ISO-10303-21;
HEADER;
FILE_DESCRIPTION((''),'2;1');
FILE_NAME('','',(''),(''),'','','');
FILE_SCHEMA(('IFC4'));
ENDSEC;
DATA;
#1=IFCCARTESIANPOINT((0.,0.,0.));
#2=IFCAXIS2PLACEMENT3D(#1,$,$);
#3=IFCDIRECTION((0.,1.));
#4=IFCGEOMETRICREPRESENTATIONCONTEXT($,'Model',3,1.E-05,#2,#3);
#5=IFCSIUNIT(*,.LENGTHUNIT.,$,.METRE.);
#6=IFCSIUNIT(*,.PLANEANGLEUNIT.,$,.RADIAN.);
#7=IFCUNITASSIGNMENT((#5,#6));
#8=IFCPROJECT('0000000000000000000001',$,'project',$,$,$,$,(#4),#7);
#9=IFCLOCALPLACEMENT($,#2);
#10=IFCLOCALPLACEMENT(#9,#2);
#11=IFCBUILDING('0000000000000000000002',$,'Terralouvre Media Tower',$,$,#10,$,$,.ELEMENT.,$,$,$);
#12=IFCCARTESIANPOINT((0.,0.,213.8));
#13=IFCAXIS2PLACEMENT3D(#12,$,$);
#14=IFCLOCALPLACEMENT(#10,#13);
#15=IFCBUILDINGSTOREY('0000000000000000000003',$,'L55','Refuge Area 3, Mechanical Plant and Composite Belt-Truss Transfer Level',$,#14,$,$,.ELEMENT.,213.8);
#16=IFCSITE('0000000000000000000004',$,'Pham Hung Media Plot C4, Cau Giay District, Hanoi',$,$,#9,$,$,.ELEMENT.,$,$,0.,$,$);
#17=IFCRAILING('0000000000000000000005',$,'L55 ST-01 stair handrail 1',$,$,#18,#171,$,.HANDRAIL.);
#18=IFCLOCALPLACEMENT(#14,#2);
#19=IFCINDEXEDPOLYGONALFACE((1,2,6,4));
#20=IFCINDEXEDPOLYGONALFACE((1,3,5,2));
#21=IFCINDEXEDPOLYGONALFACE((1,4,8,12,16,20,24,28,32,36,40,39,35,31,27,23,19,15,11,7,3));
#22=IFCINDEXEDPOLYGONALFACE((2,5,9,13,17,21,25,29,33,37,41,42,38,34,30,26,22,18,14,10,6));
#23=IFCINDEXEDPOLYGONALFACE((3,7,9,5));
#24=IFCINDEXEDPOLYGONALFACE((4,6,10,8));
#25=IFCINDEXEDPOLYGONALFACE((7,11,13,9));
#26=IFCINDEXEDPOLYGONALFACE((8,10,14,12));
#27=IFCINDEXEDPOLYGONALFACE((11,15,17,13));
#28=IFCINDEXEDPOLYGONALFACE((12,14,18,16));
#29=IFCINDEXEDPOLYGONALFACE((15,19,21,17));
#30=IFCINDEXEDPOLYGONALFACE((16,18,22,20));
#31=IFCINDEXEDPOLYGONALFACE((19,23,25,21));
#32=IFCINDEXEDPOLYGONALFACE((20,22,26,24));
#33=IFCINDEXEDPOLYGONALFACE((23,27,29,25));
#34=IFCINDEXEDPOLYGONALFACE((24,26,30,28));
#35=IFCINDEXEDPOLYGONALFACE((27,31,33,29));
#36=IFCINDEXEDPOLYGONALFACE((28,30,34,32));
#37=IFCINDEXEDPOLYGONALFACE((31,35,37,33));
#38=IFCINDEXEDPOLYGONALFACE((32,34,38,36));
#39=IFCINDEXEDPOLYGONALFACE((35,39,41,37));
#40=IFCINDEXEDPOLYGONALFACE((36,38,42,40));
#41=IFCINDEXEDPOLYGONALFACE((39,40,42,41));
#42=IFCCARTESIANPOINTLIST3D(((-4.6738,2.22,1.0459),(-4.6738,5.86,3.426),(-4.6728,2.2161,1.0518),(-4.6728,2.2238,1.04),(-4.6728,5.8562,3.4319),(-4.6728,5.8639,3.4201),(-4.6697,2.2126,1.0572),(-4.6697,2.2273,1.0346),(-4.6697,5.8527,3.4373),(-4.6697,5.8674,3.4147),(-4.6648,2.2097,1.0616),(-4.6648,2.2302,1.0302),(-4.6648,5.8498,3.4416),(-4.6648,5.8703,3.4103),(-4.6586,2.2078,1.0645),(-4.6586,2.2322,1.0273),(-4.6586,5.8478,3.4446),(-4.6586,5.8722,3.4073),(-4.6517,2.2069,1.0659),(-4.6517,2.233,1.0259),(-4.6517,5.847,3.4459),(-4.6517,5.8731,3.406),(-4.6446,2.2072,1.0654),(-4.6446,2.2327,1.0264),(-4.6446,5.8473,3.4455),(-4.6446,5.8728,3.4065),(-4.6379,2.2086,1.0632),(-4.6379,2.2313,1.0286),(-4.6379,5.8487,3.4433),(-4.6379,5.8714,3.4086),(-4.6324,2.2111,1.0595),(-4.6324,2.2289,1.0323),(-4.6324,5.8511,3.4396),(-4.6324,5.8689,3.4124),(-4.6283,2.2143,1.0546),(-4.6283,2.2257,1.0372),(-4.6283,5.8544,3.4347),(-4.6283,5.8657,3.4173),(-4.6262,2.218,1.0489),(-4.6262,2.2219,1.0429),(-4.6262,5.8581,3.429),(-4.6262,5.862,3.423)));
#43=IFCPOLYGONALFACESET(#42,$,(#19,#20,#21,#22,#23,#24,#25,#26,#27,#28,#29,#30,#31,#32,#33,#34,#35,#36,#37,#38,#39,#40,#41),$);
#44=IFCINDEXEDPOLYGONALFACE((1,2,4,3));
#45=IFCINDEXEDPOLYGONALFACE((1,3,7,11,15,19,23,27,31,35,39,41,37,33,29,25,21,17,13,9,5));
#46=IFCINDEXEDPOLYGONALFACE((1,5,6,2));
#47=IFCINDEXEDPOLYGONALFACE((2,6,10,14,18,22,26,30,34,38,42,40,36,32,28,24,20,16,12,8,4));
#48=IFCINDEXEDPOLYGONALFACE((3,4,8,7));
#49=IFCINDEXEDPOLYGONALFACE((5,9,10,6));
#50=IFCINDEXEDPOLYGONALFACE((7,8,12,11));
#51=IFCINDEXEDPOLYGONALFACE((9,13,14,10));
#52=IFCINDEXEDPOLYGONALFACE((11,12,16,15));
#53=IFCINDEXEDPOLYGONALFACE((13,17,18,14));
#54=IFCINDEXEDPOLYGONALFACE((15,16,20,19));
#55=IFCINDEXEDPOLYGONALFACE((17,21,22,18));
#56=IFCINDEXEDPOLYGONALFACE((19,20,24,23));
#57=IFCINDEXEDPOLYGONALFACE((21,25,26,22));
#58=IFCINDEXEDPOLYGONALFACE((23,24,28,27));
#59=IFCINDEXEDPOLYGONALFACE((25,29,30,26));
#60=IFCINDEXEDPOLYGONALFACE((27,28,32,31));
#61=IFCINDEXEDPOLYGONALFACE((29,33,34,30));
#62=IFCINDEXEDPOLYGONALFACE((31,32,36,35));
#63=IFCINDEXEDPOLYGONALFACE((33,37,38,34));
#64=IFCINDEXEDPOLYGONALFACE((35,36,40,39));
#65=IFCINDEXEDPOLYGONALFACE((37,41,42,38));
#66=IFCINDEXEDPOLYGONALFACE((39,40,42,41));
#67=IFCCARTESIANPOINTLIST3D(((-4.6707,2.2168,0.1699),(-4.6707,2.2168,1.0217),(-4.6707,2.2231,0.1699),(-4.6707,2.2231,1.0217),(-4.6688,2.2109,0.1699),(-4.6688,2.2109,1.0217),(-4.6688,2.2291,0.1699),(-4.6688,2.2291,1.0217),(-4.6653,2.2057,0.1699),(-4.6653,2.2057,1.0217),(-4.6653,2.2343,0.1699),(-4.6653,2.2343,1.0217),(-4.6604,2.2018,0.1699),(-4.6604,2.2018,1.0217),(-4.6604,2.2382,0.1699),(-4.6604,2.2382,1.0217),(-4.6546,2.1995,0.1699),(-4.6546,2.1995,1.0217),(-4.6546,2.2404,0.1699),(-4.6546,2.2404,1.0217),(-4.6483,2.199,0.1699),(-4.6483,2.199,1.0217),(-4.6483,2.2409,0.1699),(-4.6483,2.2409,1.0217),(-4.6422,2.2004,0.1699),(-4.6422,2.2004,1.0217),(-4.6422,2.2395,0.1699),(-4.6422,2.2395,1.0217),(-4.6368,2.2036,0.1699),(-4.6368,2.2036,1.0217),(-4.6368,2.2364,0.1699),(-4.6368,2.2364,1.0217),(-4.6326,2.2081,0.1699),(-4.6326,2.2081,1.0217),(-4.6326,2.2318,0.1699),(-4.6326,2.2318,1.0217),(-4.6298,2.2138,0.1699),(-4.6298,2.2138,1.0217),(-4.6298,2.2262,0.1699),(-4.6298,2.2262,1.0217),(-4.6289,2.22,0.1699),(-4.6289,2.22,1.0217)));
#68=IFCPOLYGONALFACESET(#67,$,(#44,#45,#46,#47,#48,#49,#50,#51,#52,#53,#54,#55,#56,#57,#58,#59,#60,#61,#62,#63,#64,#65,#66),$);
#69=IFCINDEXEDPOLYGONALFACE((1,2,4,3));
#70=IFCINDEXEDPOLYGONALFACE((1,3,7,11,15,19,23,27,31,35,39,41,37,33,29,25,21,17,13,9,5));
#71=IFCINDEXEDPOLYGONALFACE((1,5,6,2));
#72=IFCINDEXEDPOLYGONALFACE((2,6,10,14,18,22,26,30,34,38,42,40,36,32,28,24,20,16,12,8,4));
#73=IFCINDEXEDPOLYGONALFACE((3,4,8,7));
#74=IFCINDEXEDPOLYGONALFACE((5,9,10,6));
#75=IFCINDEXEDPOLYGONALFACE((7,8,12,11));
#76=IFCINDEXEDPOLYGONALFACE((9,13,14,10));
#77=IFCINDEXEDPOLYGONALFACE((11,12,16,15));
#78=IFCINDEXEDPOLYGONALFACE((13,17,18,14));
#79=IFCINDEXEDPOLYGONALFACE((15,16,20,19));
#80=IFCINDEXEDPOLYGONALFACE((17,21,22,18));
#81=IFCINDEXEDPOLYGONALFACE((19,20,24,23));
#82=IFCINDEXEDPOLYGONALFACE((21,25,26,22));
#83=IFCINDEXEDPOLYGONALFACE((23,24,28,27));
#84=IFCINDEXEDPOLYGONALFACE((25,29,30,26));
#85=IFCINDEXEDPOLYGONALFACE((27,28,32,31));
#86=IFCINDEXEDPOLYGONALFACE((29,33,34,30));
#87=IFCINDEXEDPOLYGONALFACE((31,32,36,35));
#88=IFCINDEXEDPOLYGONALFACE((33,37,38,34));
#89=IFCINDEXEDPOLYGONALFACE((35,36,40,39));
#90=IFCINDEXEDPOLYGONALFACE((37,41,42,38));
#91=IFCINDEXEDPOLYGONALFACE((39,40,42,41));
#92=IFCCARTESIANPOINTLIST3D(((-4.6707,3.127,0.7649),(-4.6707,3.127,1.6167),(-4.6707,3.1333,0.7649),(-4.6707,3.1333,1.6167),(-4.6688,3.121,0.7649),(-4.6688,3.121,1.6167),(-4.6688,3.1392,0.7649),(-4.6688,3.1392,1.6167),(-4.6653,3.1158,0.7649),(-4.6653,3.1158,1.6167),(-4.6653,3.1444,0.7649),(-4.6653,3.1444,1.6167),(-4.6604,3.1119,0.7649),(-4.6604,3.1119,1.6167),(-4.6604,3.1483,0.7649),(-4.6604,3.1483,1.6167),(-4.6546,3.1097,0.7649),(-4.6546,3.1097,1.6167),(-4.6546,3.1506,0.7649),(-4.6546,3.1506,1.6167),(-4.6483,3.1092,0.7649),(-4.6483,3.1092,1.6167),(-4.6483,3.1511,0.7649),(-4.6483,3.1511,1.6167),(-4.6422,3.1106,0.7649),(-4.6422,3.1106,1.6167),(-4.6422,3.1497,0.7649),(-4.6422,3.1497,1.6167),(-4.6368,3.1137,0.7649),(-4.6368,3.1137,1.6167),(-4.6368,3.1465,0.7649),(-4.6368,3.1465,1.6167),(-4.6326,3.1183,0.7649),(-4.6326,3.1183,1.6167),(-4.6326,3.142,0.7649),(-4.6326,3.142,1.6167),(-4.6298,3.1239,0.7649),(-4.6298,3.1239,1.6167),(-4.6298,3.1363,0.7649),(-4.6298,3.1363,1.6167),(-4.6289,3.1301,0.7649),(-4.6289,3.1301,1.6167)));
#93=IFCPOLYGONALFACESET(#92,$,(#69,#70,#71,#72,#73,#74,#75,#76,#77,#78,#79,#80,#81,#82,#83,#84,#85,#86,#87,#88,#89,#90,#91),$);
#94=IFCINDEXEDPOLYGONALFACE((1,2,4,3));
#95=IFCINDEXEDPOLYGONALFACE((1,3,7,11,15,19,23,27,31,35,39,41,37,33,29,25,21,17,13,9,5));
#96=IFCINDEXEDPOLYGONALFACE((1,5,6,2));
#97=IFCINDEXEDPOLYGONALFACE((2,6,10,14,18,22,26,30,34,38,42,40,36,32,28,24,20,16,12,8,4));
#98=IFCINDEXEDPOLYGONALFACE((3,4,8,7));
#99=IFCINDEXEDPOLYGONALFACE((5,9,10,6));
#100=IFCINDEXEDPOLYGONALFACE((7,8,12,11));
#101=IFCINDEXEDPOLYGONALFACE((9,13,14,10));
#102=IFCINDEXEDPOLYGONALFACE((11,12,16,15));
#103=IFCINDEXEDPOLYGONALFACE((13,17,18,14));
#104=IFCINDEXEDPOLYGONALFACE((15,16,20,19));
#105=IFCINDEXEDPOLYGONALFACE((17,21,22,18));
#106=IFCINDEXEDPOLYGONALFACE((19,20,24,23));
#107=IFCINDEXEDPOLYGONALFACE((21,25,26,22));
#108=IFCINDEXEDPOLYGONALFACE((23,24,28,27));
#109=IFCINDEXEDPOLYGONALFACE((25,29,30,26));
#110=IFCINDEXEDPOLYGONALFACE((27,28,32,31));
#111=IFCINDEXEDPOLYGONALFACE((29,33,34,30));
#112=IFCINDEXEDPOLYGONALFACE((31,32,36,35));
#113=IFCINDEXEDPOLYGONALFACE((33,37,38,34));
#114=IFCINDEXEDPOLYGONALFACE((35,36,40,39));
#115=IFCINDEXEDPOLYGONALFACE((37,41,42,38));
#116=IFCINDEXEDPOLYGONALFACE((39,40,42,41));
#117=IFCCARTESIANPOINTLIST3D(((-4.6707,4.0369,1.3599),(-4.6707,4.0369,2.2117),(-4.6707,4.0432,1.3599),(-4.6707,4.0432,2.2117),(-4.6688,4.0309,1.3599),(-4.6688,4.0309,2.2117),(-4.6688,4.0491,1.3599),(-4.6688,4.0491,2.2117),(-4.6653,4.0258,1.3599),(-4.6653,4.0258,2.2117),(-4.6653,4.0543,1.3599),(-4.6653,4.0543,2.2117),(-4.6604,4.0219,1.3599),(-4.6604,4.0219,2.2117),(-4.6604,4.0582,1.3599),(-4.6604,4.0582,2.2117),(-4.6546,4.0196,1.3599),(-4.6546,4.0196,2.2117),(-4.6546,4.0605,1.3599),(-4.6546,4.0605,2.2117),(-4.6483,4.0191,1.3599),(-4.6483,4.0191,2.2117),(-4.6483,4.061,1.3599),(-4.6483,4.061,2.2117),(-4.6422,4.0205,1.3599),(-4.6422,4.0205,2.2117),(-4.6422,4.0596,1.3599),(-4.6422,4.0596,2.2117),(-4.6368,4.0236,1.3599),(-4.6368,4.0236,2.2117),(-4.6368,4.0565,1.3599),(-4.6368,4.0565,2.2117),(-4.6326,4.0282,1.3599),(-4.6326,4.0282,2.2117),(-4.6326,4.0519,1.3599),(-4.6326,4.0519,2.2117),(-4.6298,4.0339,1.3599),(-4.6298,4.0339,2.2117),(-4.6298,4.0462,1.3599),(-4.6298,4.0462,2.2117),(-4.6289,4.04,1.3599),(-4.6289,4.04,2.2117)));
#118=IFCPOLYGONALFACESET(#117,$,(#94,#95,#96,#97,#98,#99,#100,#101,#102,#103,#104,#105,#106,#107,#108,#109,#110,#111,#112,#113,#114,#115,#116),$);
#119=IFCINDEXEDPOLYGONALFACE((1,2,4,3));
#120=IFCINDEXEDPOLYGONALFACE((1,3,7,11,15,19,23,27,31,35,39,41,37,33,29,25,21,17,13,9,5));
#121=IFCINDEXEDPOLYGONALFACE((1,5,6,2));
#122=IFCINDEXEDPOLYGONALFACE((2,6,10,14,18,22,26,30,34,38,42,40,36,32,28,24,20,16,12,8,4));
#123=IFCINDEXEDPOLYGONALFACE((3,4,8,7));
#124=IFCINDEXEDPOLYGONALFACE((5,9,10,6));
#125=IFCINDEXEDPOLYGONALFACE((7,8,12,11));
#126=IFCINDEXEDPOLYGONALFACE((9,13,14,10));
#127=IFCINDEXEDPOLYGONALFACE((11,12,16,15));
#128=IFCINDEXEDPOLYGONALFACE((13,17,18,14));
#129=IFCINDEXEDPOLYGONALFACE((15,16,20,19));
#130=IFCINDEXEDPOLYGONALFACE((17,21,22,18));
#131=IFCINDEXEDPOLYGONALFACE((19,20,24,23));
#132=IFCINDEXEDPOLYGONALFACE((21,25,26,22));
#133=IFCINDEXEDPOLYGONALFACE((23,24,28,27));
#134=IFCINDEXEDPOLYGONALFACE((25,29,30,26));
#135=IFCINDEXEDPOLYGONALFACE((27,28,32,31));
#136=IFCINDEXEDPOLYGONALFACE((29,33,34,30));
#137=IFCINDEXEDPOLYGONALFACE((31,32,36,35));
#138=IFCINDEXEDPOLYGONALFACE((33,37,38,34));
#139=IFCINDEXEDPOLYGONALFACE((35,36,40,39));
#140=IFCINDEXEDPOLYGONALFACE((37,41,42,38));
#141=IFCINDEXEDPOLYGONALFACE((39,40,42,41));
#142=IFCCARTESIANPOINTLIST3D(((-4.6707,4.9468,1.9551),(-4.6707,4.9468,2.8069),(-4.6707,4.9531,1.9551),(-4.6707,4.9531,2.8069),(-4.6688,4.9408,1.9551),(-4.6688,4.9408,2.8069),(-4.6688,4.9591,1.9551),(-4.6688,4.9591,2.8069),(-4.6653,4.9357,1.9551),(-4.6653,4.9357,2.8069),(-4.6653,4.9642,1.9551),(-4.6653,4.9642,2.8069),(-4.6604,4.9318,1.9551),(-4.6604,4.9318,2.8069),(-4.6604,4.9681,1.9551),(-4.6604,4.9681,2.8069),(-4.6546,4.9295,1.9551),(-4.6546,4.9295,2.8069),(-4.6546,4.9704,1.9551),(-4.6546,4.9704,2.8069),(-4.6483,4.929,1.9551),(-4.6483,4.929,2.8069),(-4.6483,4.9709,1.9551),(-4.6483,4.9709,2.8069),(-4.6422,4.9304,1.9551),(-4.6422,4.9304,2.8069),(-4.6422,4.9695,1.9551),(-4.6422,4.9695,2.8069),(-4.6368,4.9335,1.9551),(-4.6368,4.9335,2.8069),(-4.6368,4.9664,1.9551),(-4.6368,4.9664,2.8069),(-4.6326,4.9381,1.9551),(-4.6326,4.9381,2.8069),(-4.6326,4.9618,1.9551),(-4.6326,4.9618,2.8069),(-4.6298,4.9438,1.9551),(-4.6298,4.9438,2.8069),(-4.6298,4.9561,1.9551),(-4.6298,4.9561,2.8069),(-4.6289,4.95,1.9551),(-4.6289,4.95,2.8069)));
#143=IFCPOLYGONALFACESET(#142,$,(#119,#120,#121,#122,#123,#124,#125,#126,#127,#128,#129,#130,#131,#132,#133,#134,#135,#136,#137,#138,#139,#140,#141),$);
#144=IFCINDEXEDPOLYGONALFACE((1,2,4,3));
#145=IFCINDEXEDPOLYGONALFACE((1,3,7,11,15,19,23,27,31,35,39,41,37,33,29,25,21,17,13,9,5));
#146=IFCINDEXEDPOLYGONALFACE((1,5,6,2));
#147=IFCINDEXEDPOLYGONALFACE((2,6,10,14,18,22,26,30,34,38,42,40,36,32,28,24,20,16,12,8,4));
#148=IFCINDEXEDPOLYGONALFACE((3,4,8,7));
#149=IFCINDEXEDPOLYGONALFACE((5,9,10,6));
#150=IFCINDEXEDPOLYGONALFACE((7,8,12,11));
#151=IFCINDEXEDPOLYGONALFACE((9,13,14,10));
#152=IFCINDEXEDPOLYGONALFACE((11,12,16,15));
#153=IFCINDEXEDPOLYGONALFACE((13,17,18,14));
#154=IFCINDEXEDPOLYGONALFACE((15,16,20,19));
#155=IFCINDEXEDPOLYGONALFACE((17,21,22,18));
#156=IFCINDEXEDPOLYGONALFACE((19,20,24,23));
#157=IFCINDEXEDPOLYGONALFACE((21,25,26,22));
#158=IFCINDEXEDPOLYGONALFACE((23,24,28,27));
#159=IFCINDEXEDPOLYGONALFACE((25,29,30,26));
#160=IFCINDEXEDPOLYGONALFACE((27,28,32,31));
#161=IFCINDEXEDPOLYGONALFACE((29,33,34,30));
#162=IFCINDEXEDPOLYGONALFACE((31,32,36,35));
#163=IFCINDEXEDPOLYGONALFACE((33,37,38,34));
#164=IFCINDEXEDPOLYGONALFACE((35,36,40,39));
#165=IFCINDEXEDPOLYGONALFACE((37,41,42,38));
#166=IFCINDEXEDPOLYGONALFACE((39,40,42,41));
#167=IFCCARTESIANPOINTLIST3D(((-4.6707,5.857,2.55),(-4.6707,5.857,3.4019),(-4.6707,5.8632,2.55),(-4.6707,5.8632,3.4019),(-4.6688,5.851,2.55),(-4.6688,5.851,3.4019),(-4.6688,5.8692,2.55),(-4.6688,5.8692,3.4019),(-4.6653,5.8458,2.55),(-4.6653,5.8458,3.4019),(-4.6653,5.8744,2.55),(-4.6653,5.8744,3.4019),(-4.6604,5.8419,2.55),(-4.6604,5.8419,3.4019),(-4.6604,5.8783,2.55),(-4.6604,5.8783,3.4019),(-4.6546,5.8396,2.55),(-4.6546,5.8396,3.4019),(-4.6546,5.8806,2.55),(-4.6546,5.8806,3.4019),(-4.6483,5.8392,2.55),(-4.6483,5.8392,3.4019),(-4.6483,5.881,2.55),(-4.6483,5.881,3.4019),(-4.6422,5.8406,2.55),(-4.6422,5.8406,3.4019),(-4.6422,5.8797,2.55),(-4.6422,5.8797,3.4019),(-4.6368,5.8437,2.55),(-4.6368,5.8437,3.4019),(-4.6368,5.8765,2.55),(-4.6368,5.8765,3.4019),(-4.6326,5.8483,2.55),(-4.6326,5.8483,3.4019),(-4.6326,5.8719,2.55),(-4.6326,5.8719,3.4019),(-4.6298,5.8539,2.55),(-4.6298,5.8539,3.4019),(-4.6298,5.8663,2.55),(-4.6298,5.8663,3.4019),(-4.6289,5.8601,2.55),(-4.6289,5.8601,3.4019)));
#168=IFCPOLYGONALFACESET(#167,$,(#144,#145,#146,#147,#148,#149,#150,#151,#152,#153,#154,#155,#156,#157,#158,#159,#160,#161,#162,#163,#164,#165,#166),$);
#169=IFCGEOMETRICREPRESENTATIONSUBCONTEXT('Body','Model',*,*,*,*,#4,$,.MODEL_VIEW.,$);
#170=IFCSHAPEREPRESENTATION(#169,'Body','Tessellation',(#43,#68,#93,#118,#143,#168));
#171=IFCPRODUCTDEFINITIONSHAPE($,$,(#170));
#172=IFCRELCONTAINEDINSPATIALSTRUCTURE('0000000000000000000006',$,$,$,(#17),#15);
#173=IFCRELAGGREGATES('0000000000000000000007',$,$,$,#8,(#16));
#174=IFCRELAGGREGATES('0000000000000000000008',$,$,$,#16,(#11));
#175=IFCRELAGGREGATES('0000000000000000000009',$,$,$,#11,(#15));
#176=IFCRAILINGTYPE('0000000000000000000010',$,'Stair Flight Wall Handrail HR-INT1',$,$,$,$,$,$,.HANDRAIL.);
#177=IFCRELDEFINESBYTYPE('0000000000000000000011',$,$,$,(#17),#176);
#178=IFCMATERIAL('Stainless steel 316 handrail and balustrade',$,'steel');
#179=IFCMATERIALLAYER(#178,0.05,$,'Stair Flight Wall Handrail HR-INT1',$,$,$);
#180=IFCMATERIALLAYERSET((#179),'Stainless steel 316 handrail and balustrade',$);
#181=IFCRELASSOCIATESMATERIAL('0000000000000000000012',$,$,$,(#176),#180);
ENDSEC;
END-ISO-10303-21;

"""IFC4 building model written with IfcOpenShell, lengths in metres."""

from ifc_helpers import new_model, si_unit, direction, frame, origin, origin_2d, place, context, subcontext, project, spatial, circle, extrude, material, layer, layer_set, type_object, element, save


model = new_model("IFC4")

# Units and contexts
model_context = context("Model", 3, precision=1e-05, world=origin(), true_north=direction((0.0, 1.0)))
body_context = subcontext(model_context, "Body", "Model", "MODEL_VIEW")
ifc_project = project(units=[si_unit("LENGTHUNIT", "METRE"), si_unit("PLANEANGLEUNIT", "RADIAN")], contexts=[model_context])

# Site, building, storey
site_placement = place(None, origin())
site = spatial("IfcSite", under=ifc_project, at=site_placement, Name="Pham Hung Media Plot C4, Cau Giay District, Hanoi", CompositionType="ELEMENT", RefElevation=0.0)
building_placement = place(site_placement, origin())
building = spatial("IfcBuilding", under=site, at=building_placement, Name="Terralouvre Media Tower", CompositionType="ELEMENT")
storey_placement = place(building_placement, frame((0.0, 0.0, 213.8)))
storey = spatial("IfcBuildingStorey", under=building, at=storey_placement, Name="L55", Description="Refuge Area 3, Mechanical Plant and Composite Belt-Truss Transfer Level", CompositionType="ELEMENT", Elevation=213.8)

# Railing
ifc_material_1 = material(Name="Stainless steel 316 handrail and balustrade", Category="steel")
ifc_layer_1 = layer(ifc_material_1, 0.05, Name="Stair Flight Wall Handrail HR-INT1")
ifc_layer_set_1 = layer_set([ifc_layer_1], Name="Stainless steel 316 handrail and balustrade")
railing_type_1 = type_object("IfcRailingType", Name="Stair Flight Wall Handrail HR-INT1", PredefinedType="HANDRAIL", material=ifc_layer_set_1)
railing_1_placement = place(storey_placement, frame((-4.6499, 2.22, 0.1699)))
element("IfcRailing", 1, at=railing_1_placement, inside=storey, type_object=railing_type_1, Name="L55 ST-01 stair handrail 1", PredefinedType="HANDRAIL", context=body_context, shape_type="SweptSolid", body=[
    extrude(circle(Radius=0.0239, at=origin_2d()), frame((0.0, 0.0, 0.876), z_axis=(0.0, 0.836966, 0.547255), x_axis=(-1.0, 0.0, 0.0)), (0.0, 0.0, 1.0), 4.3491),
    extrude(circle(Radius=0.021, at=origin_2d()), origin(), (0.0, 0.0, 1.0), 0.8518),
    extrude(circle(Radius=0.021, at=origin_2d()), frame((0.0, 0.9102, 0.595)), (0.0, 0.0, 1.0), 0.8518),
    extrude(circle(Radius=0.021, at=origin_2d()), frame((0.0, 1.8201, 1.1899)), (0.0, 0.0, 1.0), 0.8518),
    extrude(circle(Radius=0.021, at=origin_2d()), frame((0.0, 2.73, 1.7852)), (0.0, 0.0, 1.0), 0.8518),
    extrude(circle(Radius=0.021, at=origin_2d()), frame((0.0, 3.6401, 2.3801)), (0.0, 0.0, 1.0), 0.8518),
])

save(model, "model.ifc")
